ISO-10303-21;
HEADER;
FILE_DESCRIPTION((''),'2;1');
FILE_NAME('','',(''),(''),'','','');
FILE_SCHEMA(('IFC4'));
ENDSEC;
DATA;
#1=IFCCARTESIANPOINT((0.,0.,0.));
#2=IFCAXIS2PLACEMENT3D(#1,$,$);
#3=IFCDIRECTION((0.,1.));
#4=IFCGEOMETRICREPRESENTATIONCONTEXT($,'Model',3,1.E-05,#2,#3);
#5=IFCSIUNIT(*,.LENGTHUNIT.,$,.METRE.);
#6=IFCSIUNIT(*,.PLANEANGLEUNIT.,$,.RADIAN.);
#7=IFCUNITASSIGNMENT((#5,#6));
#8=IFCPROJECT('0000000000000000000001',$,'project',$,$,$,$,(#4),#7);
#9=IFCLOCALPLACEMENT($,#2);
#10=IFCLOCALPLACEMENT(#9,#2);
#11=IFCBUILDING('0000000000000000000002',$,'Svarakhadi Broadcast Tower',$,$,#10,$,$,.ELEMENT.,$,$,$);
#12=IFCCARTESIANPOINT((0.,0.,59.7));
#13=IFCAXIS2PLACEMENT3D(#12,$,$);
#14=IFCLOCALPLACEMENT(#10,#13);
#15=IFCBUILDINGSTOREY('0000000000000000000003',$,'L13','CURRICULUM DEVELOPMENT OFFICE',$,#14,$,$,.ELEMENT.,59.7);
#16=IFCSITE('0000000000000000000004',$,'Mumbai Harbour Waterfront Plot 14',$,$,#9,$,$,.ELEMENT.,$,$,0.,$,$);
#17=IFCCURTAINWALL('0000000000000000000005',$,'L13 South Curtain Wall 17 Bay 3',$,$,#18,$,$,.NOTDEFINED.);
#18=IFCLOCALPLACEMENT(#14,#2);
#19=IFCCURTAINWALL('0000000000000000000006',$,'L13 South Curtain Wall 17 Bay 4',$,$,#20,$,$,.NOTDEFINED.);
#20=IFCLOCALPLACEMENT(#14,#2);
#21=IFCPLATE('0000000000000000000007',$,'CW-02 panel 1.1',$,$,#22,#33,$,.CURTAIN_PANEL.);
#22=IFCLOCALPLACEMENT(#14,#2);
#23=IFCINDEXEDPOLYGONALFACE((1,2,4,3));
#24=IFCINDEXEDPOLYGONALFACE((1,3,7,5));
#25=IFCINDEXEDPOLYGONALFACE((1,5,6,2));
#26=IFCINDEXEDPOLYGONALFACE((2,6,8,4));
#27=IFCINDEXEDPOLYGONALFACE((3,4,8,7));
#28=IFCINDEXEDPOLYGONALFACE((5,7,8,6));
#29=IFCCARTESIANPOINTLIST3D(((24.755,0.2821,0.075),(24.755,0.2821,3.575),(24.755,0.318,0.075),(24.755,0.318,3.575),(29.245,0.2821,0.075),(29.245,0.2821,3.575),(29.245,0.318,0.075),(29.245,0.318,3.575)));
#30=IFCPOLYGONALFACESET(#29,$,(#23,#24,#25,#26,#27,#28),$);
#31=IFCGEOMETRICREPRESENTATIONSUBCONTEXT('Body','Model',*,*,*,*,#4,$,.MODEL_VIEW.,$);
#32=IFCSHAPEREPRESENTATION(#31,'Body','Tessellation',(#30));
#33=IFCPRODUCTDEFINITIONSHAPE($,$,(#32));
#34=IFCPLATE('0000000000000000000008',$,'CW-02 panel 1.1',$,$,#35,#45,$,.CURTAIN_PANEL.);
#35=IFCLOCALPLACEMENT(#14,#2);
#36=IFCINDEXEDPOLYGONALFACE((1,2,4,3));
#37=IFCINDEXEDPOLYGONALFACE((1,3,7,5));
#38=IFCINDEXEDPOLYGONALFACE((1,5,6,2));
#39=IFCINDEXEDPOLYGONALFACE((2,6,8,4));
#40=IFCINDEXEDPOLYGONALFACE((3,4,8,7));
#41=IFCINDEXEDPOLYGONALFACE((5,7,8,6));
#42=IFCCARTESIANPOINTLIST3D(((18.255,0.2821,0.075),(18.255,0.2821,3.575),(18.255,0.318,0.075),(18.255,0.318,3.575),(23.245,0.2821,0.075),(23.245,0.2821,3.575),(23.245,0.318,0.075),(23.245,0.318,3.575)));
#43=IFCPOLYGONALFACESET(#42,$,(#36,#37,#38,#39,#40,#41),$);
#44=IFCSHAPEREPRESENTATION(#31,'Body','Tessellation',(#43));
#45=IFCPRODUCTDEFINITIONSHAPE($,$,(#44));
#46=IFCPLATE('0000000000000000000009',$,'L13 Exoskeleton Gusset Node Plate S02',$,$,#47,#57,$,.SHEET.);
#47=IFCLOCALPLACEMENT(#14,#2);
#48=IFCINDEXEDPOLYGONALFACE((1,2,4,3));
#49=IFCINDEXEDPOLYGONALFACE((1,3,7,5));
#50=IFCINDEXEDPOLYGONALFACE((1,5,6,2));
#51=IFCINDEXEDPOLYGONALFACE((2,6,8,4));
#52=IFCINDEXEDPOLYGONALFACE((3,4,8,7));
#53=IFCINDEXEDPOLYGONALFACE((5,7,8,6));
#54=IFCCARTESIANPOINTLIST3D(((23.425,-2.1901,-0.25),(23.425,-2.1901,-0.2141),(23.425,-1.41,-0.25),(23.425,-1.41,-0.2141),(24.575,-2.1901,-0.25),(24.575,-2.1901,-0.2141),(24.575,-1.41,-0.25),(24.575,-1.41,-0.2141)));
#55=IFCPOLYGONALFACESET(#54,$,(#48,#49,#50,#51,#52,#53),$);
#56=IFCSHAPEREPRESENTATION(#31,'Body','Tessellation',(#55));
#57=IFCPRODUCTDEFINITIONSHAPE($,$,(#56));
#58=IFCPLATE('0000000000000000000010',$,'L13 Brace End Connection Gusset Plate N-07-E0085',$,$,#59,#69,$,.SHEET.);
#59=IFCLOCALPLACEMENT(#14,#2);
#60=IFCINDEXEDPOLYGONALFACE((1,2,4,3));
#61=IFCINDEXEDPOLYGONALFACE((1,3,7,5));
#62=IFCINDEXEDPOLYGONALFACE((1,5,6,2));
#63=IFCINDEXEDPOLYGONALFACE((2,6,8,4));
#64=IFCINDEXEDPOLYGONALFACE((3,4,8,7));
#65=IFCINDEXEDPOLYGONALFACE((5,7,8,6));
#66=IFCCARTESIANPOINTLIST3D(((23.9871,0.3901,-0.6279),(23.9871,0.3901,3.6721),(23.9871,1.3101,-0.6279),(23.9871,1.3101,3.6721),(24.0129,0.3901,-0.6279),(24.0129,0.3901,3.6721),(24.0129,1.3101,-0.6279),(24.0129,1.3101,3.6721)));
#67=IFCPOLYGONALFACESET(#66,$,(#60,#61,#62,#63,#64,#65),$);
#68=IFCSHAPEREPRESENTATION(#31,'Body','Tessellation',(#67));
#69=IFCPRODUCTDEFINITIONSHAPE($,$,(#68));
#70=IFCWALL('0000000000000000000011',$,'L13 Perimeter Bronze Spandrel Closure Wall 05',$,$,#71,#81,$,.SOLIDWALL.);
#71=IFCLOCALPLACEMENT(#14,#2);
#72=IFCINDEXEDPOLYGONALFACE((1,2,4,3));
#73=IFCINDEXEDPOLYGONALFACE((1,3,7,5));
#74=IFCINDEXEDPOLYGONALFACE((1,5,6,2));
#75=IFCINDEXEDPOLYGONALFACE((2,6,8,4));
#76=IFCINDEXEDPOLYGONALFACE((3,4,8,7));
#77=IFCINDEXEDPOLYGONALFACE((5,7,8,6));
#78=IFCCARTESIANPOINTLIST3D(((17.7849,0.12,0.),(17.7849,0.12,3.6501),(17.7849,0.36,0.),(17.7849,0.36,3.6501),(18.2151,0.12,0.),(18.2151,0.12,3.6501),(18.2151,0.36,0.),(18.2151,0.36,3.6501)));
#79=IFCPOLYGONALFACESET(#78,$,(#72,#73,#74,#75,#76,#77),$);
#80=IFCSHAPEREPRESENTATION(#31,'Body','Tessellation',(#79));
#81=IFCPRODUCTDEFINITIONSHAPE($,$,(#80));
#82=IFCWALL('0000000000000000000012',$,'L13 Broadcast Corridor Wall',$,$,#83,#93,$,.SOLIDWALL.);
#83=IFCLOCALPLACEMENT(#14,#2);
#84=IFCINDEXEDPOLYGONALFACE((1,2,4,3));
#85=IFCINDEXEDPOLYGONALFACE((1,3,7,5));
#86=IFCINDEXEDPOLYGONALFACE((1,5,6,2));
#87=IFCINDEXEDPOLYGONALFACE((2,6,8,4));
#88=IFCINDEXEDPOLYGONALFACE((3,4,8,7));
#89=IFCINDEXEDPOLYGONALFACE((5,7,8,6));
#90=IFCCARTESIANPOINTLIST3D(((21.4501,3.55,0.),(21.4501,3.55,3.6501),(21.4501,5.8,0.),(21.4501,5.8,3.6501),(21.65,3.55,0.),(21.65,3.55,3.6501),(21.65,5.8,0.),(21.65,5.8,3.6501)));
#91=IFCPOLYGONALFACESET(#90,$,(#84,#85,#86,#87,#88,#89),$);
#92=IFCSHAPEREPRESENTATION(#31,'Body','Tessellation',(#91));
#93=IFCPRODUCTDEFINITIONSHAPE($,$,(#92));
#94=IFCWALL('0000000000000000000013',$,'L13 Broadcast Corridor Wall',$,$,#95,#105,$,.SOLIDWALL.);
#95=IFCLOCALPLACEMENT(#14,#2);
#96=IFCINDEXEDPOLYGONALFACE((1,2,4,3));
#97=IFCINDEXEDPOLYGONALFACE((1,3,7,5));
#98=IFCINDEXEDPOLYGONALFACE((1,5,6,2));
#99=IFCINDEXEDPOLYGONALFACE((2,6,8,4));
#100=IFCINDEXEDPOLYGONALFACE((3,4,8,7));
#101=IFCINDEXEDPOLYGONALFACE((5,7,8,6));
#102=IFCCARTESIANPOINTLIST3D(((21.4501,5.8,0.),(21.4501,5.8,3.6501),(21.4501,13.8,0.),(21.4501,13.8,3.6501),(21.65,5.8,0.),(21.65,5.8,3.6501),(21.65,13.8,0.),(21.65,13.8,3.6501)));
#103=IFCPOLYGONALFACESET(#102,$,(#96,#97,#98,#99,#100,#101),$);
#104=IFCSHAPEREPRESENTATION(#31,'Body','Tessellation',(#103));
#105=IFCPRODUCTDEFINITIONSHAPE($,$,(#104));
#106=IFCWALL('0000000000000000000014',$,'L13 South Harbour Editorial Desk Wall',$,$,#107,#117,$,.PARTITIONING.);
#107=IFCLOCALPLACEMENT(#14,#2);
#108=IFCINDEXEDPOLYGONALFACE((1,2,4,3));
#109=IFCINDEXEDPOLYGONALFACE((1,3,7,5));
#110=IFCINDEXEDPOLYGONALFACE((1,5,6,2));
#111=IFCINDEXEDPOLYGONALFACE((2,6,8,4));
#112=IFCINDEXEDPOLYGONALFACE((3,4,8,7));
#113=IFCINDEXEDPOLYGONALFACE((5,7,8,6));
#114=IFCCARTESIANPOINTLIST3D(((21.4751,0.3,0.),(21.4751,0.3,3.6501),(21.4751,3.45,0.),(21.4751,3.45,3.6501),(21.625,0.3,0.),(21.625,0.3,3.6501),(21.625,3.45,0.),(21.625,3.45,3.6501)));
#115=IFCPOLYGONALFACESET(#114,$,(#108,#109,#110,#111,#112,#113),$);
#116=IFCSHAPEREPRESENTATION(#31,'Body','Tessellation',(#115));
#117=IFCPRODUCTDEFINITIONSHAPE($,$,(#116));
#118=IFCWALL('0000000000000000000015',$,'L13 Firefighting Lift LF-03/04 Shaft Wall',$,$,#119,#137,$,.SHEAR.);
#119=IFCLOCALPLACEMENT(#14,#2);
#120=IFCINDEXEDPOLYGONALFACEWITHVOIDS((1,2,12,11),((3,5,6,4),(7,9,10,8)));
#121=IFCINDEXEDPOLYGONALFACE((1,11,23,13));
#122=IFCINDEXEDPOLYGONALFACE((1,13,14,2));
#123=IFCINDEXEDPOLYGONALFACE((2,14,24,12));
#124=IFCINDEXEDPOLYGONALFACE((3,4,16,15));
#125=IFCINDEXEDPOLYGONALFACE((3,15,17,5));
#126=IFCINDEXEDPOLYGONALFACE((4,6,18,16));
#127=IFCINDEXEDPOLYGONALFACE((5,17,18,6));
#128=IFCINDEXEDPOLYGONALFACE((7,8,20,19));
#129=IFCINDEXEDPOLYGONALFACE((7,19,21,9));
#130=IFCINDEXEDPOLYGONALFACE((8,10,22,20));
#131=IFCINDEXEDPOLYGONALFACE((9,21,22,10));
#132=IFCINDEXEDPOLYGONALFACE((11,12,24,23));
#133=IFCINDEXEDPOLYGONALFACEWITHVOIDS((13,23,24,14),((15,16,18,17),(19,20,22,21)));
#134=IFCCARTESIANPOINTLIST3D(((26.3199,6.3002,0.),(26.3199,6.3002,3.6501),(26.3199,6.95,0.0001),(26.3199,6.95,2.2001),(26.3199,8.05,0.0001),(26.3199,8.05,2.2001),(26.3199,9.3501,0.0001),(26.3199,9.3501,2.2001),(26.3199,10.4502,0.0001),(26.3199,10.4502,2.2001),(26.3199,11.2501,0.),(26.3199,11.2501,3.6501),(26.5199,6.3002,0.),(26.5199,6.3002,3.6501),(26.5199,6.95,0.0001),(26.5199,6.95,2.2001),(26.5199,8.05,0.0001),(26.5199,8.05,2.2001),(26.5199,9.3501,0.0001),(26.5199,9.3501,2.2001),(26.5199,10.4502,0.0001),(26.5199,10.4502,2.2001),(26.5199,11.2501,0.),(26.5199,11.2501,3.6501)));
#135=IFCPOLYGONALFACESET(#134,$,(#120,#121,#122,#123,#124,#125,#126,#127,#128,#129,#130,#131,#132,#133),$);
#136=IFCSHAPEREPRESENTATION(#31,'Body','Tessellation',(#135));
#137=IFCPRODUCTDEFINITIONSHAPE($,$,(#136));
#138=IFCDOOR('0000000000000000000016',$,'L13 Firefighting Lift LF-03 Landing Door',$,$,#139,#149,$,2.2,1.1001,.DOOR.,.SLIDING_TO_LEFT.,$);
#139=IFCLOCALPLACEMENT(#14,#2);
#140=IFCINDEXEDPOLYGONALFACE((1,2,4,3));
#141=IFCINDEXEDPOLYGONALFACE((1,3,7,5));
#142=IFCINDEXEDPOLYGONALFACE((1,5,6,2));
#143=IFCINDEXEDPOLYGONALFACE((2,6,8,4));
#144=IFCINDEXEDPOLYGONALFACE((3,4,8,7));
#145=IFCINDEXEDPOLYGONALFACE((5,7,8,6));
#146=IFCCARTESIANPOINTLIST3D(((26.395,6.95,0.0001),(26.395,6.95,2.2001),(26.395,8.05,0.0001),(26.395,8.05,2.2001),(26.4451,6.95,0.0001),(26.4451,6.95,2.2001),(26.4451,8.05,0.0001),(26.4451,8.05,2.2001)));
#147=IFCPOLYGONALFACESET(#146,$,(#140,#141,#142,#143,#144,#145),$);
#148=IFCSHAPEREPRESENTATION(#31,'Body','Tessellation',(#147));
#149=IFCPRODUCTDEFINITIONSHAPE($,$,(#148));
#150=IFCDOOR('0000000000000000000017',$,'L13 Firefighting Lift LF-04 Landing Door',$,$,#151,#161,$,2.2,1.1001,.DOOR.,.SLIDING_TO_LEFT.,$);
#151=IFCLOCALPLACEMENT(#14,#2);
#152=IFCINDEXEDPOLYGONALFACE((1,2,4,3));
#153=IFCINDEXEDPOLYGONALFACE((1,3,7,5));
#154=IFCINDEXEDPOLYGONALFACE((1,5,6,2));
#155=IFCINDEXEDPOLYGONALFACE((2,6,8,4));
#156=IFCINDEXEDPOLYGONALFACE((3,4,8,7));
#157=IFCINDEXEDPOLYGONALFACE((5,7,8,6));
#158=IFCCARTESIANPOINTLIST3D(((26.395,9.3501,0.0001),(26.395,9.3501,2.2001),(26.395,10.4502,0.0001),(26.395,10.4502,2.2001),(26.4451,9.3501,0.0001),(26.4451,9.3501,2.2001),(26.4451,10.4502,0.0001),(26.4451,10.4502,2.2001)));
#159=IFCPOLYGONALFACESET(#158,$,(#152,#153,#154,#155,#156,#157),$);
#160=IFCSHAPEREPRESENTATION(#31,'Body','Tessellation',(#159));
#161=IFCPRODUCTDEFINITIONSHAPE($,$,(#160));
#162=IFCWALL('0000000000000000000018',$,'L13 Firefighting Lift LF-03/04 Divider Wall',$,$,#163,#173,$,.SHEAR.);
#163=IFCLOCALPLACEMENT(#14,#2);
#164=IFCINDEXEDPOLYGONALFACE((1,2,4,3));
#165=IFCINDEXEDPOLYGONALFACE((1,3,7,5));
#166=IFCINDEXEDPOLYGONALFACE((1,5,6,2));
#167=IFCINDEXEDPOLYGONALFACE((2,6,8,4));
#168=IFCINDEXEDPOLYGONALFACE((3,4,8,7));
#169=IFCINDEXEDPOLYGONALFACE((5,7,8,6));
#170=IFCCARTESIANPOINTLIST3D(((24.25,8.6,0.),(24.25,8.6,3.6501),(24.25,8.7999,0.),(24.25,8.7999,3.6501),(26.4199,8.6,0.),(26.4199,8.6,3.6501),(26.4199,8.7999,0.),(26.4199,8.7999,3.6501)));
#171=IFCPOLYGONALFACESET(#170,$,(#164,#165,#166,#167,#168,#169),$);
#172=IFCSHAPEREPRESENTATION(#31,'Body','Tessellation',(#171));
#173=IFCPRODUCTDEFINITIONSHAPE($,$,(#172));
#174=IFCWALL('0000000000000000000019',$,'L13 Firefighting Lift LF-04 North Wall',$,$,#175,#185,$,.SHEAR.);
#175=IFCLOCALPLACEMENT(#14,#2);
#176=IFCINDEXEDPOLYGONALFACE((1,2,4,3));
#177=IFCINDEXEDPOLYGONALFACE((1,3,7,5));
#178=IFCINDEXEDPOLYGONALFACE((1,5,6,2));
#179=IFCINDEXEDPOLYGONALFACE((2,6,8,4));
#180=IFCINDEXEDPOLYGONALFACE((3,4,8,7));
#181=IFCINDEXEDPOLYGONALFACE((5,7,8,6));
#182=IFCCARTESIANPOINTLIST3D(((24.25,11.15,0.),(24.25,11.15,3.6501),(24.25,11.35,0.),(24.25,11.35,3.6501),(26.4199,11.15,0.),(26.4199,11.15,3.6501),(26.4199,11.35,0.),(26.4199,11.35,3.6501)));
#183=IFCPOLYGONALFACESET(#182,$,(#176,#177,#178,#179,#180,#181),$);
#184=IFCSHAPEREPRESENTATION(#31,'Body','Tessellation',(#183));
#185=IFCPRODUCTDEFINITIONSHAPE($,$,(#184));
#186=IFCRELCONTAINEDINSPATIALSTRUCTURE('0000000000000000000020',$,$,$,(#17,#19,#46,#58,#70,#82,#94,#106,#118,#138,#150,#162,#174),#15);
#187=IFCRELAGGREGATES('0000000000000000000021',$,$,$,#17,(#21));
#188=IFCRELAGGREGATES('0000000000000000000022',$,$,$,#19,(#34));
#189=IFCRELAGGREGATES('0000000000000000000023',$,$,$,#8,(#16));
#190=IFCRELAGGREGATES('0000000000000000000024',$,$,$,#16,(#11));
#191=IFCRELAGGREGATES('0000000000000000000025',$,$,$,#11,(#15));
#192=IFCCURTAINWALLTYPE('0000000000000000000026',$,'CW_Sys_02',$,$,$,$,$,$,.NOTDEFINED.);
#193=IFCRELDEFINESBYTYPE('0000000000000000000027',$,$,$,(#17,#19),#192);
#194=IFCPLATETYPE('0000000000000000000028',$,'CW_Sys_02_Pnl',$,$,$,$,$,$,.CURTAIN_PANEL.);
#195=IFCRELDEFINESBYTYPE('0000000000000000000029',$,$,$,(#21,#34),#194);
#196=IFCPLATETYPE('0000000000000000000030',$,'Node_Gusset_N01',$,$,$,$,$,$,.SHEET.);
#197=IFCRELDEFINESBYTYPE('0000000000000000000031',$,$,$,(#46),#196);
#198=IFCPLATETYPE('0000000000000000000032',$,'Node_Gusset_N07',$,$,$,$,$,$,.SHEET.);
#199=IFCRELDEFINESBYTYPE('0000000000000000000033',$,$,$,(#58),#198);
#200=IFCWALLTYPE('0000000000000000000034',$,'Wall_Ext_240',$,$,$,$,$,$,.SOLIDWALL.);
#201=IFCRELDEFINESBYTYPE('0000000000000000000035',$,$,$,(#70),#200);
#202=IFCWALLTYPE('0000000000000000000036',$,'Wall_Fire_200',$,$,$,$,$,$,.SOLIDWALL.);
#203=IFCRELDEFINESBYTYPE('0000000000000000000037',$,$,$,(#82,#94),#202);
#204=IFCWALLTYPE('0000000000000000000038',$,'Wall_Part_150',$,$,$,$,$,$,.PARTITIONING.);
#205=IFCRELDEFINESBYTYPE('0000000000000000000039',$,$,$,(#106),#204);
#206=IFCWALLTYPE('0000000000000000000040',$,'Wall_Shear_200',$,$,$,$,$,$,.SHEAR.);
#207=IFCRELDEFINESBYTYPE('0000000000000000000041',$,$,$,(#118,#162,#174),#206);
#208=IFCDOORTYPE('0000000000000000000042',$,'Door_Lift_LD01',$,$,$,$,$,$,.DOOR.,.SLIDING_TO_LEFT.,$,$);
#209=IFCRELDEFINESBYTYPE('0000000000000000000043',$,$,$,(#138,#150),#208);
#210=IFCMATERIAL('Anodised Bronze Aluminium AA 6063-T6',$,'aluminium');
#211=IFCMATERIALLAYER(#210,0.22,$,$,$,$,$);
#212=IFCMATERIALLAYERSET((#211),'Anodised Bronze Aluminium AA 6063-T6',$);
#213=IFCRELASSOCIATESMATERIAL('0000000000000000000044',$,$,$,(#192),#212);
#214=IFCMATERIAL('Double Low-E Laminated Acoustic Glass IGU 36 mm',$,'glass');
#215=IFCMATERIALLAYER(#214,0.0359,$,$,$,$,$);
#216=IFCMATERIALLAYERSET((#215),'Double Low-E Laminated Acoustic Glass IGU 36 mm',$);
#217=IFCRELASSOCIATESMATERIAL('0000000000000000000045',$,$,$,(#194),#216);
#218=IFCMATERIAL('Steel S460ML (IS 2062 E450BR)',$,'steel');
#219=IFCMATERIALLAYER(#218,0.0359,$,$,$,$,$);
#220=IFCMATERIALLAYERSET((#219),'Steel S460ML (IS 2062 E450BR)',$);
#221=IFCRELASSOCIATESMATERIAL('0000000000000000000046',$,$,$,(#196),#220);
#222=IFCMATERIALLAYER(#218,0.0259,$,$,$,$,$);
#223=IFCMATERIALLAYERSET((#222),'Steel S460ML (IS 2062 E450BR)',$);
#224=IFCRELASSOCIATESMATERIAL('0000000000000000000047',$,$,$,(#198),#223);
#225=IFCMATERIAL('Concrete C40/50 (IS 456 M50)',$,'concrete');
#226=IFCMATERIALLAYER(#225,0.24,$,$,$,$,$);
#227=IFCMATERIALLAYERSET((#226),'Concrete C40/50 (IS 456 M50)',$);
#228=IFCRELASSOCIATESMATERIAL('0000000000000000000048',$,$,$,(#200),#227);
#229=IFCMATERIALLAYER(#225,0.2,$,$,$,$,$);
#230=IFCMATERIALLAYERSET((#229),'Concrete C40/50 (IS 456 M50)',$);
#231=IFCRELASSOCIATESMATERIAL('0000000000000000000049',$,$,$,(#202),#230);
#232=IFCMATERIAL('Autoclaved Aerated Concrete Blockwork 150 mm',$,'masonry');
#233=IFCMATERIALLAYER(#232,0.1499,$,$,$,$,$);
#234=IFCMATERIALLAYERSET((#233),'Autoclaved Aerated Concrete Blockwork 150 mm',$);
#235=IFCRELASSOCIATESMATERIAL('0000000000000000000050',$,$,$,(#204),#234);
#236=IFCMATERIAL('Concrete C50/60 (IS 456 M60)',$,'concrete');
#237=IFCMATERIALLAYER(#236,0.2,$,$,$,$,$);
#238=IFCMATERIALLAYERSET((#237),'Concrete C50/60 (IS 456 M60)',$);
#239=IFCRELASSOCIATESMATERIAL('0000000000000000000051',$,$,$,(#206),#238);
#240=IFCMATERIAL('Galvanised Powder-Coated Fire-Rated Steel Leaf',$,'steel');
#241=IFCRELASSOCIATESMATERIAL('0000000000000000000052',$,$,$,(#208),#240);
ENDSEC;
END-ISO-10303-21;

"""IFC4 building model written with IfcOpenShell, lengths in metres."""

from ifc_helpers import new_model, si_unit, direction, frame, frame_2d, origin, origin_2d, place, context, subcontext, project, spatial, rectangle, extrude, material, layer, layer_set, type_object, element, fill, aggregate, save


model = new_model("IFC4")

# Units and contexts
model_context = context("Model", 3, precision=1e-05, world=origin(), true_north=direction((0.0, 1.0)))
body_context = subcontext(model_context, "Body", "Model", "MODEL_VIEW")
ifc_project = project(units=[si_unit("LENGTHUNIT", "METRE"), si_unit("PLANEANGLEUNIT", "RADIAN")], contexts=[model_context])

# Site, building, storey
site_placement = place(None, origin())
site = spatial("IfcSite", under=ifc_project, at=site_placement, Name="Mumbai Harbour Waterfront Plot 14", CompositionType="ELEMENT", RefElevation=0.0)
building_placement = place(site_placement, origin())
building = spatial("IfcBuilding", under=site, at=building_placement, Name="Svarakhadi Broadcast Tower", CompositionType="ELEMENT")
storey_placement = place(building_placement, frame((0.0, 0.0, 59.7)))
storey = spatial("IfcBuildingStorey", under=building, at=storey_placement, Name="L13", Description="CURRICULUM DEVELOPMENT OFFICE", CompositionType="ELEMENT", Elevation=59.7)

# Curtain wall
ifc_material_1 = material(Name="Anodised Bronze Aluminium AA 6063-T6", Category="aluminium")
ifc_layer_1 = layer(ifc_material_1, 0.22)
ifc_layer_set_1 = layer_set([ifc_layer_1], Name="Anodised Bronze Aluminium AA 6063-T6")
curtain_wall_type = type_object("IfcCurtainWallType", Name="CW_Sys_02", PredefinedType="NOTDEFINED", material=ifc_layer_set_1)
curtain_wall_1_placement = place(storey_placement, origin())
curtain_wall_1 = element("IfcCurtainWall", 1, at=curtain_wall_1_placement, inside=storey, type_object=curtain_wall_type, Name="L13 South Curtain Wall 17 Bay 3", PredefinedType="NOTDEFINED")

# Curtain wall
curtain_wall_2_placement = place(storey_placement, origin())
curtain_wall_2 = element("IfcCurtainWall", 2, at=curtain_wall_2_placement, inside=storey, type_object=curtain_wall_type, Name="L13 South Curtain Wall 17 Bay 4", PredefinedType="NOTDEFINED")

# Shared definitions
ifc_material_2 = material(Name="Steel S460ML (IS 2062 E450BR)", Category="steel")

# Plates
ifc_material_3 = material(Name="Double Low-E Laminated Acoustic Glass IGU 36 mm", Category="glass")
ifc_layer_2 = layer(ifc_material_3, 0.0359)
ifc_layer_set_2 = layer_set([ifc_layer_2], Name="Double Low-E Laminated Acoustic Glass IGU 36 mm")
plate_type_1 = type_object("IfcPlateType", Name="CW_Sys_02_Pnl", PredefinedType="CURTAIN_PANEL", material=ifc_layer_set_2)
plate_1_placement = place(storey_placement, frame((27.0, 0.3, 0.075), z_axis=(0.0, 0.0, 1.0), x_axis=(-1.0, 0.0, 0.0)))
plate_1 = element("IfcPlate", 3, at=plate_1_placement, type_object=plate_type_1, Name="CW-02 panel 1.1", PredefinedType="CURTAIN_PANEL", context=body_context, shape_type="SweptSolid", body=[
    extrude(rectangle(XDim=4.49, YDim=0.0359, at=origin_2d()), origin(), (0.0, 0.0, 1.0), 3.5),
])
aggregate(curtain_wall_1, [plate_1])
plate_2_placement = place(storey_placement, frame((20.75, 0.3, 0.075), z_axis=(0.0, 0.0, 1.0), x_axis=(-1.0, 0.0, 0.0)))
plate_2 = element("IfcPlate", 4, at=plate_2_placement, type_object=plate_type_1, Name="CW-02 panel 1.1", PredefinedType="CURTAIN_PANEL", context=body_context, shape_type="SweptSolid", body=[
    extrude(rectangle(XDim=4.99, YDim=0.0359, at=origin_2d()), origin(), (0.0, 0.0, 1.0), 3.5),
])
aggregate(curtain_wall_2, [plate_2])

# Plates
ifc_layer_3 = layer(ifc_material_2, 0.0359)
ifc_layer_set_3 = layer_set([ifc_layer_3], Name="Steel S460ML (IS 2062 E450BR)")
plate_type_2 = type_object("IfcPlateType", Name="Node_Gusset_N01", PredefinedType="SHEET", material=ifc_layer_set_3)
plate_3_placement = place(storey_placement, frame((24.0, -1.8, -0.25), z_axis=(0.0, 0.0, 1.0), x_axis=(1.0, 0.0, 0.0)))
element("IfcPlate", 5, at=plate_3_placement, inside=storey, type_object=plate_type_2, Name="L13 Exoskeleton Gusset Node Plate S02", PredefinedType="SHEET", context=body_context, shape_type="SweptSolid", body=[
    extrude(rectangle(XDim=1.1499, YDim=0.78, at=origin_2d()), origin(), (0.0, 0.0, 1.0), 0.0359),
])
ifc_layer_4 = layer(ifc_material_2, 0.0259)
ifc_layer_set_4 = layer_set([ifc_layer_4], Name="Steel S460ML (IS 2062 E450BR)")
plate_type_3 = type_object("IfcPlateType", Name="Node_Gusset_N07", PredefinedType="SHEET", material=ifc_layer_set_4)
plate_4_placement = place(storey_placement, frame((24.0, 0.8501, -0.6279), z_axis=(0.0, 0.0, 1.0), x_axis=(0.0, 1.0, 0.0)))
element("IfcPlate", 6, at=plate_4_placement, inside=storey, type_object=plate_type_3, Name="L13 Brace End Connection Gusset Plate N-07-E0085", PredefinedType="SHEET", context=body_context, shape_type="SweptSolid", body=[
    extrude(rectangle(XDim=0.9199, YDim=0.0259, at=origin_2d()), origin(), (0.0, 0.0, 1.0), 4.3),
])

# Walls
ifc_material_4 = material(Name="Concrete C40/50 (IS 456 M50)", Category="concrete")
ifc_layer_5 = layer(ifc_material_4, 0.24)
ifc_layer_set_5 = layer_set([ifc_layer_5], Name="Concrete C40/50 (IS 456 M50)")
wall_type_1 = type_object("IfcWallType", Name="Wall_Ext_240", PredefinedType="SOLIDWALL", material=ifc_layer_set_5)
wall_1_placement = place(storey_placement, frame((18.2151, 0.24, 0.0), z_axis=(0.0, 0.0, 1.0), x_axis=(-1.0, 0.0, 0.0)))
element("IfcWall", 7, at=wall_1_placement, inside=storey, type_object=wall_type_1, Name="L13 Perimeter Bronze Spandrel Closure Wall 05", PredefinedType="SOLIDWALL", context=body_context, shape_type="SweptSolid", body=[
    extrude(rectangle(XDim=0.4302, YDim=0.24, at=frame_2d((0.2151, 0.0))), origin(), (0.0, 0.0, 1.0), 3.6501),
])
ifc_layer_6 = layer(ifc_material_4, 0.2)
ifc_layer_set_6 = layer_set([ifc_layer_6], Name="Concrete C40/50 (IS 456 M50)")
wall_type_2 = type_object("IfcWallType", Name="Wall_Fire_200", PredefinedType="SOLIDWALL", material=ifc_layer_set_6)
wall_2_placement = place(storey_placement, frame((21.55, 3.55, 0.0), z_axis=(0.0, 0.0, 1.0), x_axis=(0.0, 1.0, 0.0)))
element("IfcWall", 8, at=wall_2_placement, inside=storey, type_object=wall_type_2, Name="L13 Broadcast Corridor Wall", PredefinedType="SOLIDWALL", context=body_context, shape_type="SweptSolid", body=[
    extrude(rectangle(XDim=2.25, YDim=0.2, at=frame_2d((1.125, 0.0))), origin(), (0.0, 0.0, 1.0), 3.6501),
])
wall_3_placement = place(storey_placement, frame((21.55, 5.8, 0.0), z_axis=(0.0, 0.0, 1.0), x_axis=(0.0, 1.0, 0.0)))
element("IfcWall", 9, at=wall_3_placement, inside=storey, type_object=wall_type_2, Name="L13 Broadcast Corridor Wall", PredefinedType="SOLIDWALL", context=body_context, shape_type="SweptSolid", body=[
    extrude(rectangle(XDim=8.0, YDim=0.2, at=frame_2d((4.0, 0.0))), origin(), (0.0, 0.0, 1.0), 3.6501),
])
ifc_material_5 = material(Name="Autoclaved Aerated Concrete Blockwork 150 mm", Category="masonry")
ifc_layer_7 = layer(ifc_material_5, 0.1499)
ifc_layer_set_7 = layer_set([ifc_layer_7], Name="Autoclaved Aerated Concrete Blockwork 150 mm")
wall_type_3 = type_object("IfcWallType", Name="Wall_Part_150", PredefinedType="PARTITIONING", material=ifc_layer_set_7)
wall_4_placement = place(storey_placement, frame((21.55, 0.3, 0.0), z_axis=(0.0, 0.0, 1.0), x_axis=(0.0, 1.0, 0.0)))
element("IfcWall", 10, at=wall_4_placement, inside=storey, type_object=wall_type_3, Name="L13 South Harbour Editorial Desk Wall", PredefinedType="PARTITIONING", context=body_context, shape_type="SweptSolid", body=[
    extrude(rectangle(XDim=3.1499, YDim=0.1499, at=frame_2d((1.575, 0.0))), origin(), (0.0, 0.0, 1.0), 3.6501),
])

# Wall, openings, doors
ifc_material_6 = material(Name="Concrete C50/60 (IS 456 M60)", Category="concrete")
ifc_layer_8 = layer(ifc_material_6, 0.2)
ifc_layer_set_8 = layer_set([ifc_layer_8], Name="Concrete C50/60 (IS 456 M60)")
wall_type_4 = type_object("IfcWallType", Name="Wall_Shear_200", PredefinedType="SHEAR", material=ifc_layer_set_8)
wall_5_placement = place(storey_placement, frame((26.4199, 6.3, 0.0), z_axis=(0.0, 0.0, 1.0), x_axis=(0.0, 1.0, 0.0)))
wall_5 = element("IfcWall", 11, at=wall_5_placement, inside=storey, type_object=wall_type_4, Name="L13 Firefighting Lift LF-03/04 Shaft Wall", PredefinedType="SHEAR", context=body_context, shape_type="SweptSolid", body=[
    extrude(rectangle(XDim=4.95, YDim=0.2, at=frame_2d((2.4751, 0.0))), origin(), (0.0, 0.0, 1.0), 3.6501),
])
opening_1_placement = place(wall_5_placement, frame((0.6499, 0.0, 0.0)))
opening_1 = element("IfcOpeningElement", 12, at=opening_1_placement, cuts=wall_5, PredefinedType="OPENING", context=body_context, shape_type="SweptSolid", body=[
    extrude(rectangle(XDim=1.1001, YDim=2.2, at=frame_2d((0.55, 1.1001))), frame((0.0, 0.1099, 0.0), z_axis=(0.0, -1.0, 0.0), x_axis=(1.0, 0.0, 0.0)), (0.0, 0.0, 1.0), 0.22),
])
opening_2_placement = place(wall_5_placement, frame((3.05, 0.0, 0.0)))
opening_2 = element("IfcOpeningElement", 13, at=opening_2_placement, cuts=wall_5, PredefinedType="OPENING", context=body_context, shape_type="SweptSolid", body=[
    extrude(rectangle(XDim=1.1001, YDim=2.2, at=frame_2d((0.55, 1.1001))), frame((0.0, 0.1099, 0.0), z_axis=(0.0, -1.0, 0.0), x_axis=(1.0, 0.0, 0.0)), (0.0, 0.0, 1.0), 0.22),
])
ifc_material_7 = material(Name="Galvanised Powder-Coated Fire-Rated Steel Leaf", Category="steel")
door_type_1 = type_object("IfcDoorType", Name="Door_Lift_LD01", OperationType="SLIDING_TO_LEFT", PredefinedType="DOOR", material=ifc_material_7)
door_1_placement = place(opening_1_placement, origin())
door_1 = element("IfcDoor", 14, at=door_1_placement, inside=storey, type_object=door_type_1, Name="L13 Firefighting Lift LF-03 Landing Door", OperationType="SLIDING_TO_LEFT", OverallHeight=2.2, OverallWidth=1.1001, PredefinedType="DOOR", context=body_context, shape_type="SweptSolid", body=[
    extrude(rectangle(XDim=1.1001, YDim=2.2, at=frame_2d((0.55, 1.1001))), frame((0.0, 0.0249, 0.0), z_axis=(0.0, -1.0, 0.0), x_axis=(1.0, 0.0, 0.0)), (0.0, 0.0, 1.0), 0.05),
])
fill(opening_1, door_1)
door_2_placement = place(opening_2_placement, origin())
door_2 = element("IfcDoor", 15, at=door_2_placement, inside=storey, type_object=door_type_1, Name="L13 Firefighting Lift LF-04 Landing Door", OperationType="SLIDING_TO_LEFT", OverallHeight=2.2, OverallWidth=1.1001, PredefinedType="DOOR", context=body_context, shape_type="SweptSolid", body=[
    extrude(rectangle(XDim=1.1001, YDim=2.2, at=frame_2d((0.55, 1.1001))), frame((0.0, 0.0249, 0.0), z_axis=(0.0, -1.0, 0.0), x_axis=(1.0, 0.0, 0.0)), (0.0, 0.0, 1.0), 0.05),
])
fill(opening_2, door_2)

# Walls
for number, where, z_axis, x_axis, name in (
    (16, (24.25, 8.7, 0.0), (0.0, 0.0, 1.0), (1.0, 0.0, 0.0), "L13 Firefighting Lift LF-03/04 Divider Wall"),
    (17, (24.25, 11.25, 0.0), (0.0, 0.0, 1.0), (1.0, 0.0, 0.0), "L13 Firefighting Lift LF-04 North Wall"),
):
    element("IfcWall", number, at=place(storey_placement, frame(where, z_axis=z_axis, x_axis=x_axis)), inside=storey, type_object=wall_type_4, Name=name, PredefinedType="SHEAR", context=body_context, shape_type="SweptSolid", body=[
        extrude(rectangle(XDim=2.1699, YDim=0.2, at=frame_2d((1.085, 0.0))), origin(), (0.0, 0.0, 1.0), 3.6501),
    ])

save(model, "model.ifc")
